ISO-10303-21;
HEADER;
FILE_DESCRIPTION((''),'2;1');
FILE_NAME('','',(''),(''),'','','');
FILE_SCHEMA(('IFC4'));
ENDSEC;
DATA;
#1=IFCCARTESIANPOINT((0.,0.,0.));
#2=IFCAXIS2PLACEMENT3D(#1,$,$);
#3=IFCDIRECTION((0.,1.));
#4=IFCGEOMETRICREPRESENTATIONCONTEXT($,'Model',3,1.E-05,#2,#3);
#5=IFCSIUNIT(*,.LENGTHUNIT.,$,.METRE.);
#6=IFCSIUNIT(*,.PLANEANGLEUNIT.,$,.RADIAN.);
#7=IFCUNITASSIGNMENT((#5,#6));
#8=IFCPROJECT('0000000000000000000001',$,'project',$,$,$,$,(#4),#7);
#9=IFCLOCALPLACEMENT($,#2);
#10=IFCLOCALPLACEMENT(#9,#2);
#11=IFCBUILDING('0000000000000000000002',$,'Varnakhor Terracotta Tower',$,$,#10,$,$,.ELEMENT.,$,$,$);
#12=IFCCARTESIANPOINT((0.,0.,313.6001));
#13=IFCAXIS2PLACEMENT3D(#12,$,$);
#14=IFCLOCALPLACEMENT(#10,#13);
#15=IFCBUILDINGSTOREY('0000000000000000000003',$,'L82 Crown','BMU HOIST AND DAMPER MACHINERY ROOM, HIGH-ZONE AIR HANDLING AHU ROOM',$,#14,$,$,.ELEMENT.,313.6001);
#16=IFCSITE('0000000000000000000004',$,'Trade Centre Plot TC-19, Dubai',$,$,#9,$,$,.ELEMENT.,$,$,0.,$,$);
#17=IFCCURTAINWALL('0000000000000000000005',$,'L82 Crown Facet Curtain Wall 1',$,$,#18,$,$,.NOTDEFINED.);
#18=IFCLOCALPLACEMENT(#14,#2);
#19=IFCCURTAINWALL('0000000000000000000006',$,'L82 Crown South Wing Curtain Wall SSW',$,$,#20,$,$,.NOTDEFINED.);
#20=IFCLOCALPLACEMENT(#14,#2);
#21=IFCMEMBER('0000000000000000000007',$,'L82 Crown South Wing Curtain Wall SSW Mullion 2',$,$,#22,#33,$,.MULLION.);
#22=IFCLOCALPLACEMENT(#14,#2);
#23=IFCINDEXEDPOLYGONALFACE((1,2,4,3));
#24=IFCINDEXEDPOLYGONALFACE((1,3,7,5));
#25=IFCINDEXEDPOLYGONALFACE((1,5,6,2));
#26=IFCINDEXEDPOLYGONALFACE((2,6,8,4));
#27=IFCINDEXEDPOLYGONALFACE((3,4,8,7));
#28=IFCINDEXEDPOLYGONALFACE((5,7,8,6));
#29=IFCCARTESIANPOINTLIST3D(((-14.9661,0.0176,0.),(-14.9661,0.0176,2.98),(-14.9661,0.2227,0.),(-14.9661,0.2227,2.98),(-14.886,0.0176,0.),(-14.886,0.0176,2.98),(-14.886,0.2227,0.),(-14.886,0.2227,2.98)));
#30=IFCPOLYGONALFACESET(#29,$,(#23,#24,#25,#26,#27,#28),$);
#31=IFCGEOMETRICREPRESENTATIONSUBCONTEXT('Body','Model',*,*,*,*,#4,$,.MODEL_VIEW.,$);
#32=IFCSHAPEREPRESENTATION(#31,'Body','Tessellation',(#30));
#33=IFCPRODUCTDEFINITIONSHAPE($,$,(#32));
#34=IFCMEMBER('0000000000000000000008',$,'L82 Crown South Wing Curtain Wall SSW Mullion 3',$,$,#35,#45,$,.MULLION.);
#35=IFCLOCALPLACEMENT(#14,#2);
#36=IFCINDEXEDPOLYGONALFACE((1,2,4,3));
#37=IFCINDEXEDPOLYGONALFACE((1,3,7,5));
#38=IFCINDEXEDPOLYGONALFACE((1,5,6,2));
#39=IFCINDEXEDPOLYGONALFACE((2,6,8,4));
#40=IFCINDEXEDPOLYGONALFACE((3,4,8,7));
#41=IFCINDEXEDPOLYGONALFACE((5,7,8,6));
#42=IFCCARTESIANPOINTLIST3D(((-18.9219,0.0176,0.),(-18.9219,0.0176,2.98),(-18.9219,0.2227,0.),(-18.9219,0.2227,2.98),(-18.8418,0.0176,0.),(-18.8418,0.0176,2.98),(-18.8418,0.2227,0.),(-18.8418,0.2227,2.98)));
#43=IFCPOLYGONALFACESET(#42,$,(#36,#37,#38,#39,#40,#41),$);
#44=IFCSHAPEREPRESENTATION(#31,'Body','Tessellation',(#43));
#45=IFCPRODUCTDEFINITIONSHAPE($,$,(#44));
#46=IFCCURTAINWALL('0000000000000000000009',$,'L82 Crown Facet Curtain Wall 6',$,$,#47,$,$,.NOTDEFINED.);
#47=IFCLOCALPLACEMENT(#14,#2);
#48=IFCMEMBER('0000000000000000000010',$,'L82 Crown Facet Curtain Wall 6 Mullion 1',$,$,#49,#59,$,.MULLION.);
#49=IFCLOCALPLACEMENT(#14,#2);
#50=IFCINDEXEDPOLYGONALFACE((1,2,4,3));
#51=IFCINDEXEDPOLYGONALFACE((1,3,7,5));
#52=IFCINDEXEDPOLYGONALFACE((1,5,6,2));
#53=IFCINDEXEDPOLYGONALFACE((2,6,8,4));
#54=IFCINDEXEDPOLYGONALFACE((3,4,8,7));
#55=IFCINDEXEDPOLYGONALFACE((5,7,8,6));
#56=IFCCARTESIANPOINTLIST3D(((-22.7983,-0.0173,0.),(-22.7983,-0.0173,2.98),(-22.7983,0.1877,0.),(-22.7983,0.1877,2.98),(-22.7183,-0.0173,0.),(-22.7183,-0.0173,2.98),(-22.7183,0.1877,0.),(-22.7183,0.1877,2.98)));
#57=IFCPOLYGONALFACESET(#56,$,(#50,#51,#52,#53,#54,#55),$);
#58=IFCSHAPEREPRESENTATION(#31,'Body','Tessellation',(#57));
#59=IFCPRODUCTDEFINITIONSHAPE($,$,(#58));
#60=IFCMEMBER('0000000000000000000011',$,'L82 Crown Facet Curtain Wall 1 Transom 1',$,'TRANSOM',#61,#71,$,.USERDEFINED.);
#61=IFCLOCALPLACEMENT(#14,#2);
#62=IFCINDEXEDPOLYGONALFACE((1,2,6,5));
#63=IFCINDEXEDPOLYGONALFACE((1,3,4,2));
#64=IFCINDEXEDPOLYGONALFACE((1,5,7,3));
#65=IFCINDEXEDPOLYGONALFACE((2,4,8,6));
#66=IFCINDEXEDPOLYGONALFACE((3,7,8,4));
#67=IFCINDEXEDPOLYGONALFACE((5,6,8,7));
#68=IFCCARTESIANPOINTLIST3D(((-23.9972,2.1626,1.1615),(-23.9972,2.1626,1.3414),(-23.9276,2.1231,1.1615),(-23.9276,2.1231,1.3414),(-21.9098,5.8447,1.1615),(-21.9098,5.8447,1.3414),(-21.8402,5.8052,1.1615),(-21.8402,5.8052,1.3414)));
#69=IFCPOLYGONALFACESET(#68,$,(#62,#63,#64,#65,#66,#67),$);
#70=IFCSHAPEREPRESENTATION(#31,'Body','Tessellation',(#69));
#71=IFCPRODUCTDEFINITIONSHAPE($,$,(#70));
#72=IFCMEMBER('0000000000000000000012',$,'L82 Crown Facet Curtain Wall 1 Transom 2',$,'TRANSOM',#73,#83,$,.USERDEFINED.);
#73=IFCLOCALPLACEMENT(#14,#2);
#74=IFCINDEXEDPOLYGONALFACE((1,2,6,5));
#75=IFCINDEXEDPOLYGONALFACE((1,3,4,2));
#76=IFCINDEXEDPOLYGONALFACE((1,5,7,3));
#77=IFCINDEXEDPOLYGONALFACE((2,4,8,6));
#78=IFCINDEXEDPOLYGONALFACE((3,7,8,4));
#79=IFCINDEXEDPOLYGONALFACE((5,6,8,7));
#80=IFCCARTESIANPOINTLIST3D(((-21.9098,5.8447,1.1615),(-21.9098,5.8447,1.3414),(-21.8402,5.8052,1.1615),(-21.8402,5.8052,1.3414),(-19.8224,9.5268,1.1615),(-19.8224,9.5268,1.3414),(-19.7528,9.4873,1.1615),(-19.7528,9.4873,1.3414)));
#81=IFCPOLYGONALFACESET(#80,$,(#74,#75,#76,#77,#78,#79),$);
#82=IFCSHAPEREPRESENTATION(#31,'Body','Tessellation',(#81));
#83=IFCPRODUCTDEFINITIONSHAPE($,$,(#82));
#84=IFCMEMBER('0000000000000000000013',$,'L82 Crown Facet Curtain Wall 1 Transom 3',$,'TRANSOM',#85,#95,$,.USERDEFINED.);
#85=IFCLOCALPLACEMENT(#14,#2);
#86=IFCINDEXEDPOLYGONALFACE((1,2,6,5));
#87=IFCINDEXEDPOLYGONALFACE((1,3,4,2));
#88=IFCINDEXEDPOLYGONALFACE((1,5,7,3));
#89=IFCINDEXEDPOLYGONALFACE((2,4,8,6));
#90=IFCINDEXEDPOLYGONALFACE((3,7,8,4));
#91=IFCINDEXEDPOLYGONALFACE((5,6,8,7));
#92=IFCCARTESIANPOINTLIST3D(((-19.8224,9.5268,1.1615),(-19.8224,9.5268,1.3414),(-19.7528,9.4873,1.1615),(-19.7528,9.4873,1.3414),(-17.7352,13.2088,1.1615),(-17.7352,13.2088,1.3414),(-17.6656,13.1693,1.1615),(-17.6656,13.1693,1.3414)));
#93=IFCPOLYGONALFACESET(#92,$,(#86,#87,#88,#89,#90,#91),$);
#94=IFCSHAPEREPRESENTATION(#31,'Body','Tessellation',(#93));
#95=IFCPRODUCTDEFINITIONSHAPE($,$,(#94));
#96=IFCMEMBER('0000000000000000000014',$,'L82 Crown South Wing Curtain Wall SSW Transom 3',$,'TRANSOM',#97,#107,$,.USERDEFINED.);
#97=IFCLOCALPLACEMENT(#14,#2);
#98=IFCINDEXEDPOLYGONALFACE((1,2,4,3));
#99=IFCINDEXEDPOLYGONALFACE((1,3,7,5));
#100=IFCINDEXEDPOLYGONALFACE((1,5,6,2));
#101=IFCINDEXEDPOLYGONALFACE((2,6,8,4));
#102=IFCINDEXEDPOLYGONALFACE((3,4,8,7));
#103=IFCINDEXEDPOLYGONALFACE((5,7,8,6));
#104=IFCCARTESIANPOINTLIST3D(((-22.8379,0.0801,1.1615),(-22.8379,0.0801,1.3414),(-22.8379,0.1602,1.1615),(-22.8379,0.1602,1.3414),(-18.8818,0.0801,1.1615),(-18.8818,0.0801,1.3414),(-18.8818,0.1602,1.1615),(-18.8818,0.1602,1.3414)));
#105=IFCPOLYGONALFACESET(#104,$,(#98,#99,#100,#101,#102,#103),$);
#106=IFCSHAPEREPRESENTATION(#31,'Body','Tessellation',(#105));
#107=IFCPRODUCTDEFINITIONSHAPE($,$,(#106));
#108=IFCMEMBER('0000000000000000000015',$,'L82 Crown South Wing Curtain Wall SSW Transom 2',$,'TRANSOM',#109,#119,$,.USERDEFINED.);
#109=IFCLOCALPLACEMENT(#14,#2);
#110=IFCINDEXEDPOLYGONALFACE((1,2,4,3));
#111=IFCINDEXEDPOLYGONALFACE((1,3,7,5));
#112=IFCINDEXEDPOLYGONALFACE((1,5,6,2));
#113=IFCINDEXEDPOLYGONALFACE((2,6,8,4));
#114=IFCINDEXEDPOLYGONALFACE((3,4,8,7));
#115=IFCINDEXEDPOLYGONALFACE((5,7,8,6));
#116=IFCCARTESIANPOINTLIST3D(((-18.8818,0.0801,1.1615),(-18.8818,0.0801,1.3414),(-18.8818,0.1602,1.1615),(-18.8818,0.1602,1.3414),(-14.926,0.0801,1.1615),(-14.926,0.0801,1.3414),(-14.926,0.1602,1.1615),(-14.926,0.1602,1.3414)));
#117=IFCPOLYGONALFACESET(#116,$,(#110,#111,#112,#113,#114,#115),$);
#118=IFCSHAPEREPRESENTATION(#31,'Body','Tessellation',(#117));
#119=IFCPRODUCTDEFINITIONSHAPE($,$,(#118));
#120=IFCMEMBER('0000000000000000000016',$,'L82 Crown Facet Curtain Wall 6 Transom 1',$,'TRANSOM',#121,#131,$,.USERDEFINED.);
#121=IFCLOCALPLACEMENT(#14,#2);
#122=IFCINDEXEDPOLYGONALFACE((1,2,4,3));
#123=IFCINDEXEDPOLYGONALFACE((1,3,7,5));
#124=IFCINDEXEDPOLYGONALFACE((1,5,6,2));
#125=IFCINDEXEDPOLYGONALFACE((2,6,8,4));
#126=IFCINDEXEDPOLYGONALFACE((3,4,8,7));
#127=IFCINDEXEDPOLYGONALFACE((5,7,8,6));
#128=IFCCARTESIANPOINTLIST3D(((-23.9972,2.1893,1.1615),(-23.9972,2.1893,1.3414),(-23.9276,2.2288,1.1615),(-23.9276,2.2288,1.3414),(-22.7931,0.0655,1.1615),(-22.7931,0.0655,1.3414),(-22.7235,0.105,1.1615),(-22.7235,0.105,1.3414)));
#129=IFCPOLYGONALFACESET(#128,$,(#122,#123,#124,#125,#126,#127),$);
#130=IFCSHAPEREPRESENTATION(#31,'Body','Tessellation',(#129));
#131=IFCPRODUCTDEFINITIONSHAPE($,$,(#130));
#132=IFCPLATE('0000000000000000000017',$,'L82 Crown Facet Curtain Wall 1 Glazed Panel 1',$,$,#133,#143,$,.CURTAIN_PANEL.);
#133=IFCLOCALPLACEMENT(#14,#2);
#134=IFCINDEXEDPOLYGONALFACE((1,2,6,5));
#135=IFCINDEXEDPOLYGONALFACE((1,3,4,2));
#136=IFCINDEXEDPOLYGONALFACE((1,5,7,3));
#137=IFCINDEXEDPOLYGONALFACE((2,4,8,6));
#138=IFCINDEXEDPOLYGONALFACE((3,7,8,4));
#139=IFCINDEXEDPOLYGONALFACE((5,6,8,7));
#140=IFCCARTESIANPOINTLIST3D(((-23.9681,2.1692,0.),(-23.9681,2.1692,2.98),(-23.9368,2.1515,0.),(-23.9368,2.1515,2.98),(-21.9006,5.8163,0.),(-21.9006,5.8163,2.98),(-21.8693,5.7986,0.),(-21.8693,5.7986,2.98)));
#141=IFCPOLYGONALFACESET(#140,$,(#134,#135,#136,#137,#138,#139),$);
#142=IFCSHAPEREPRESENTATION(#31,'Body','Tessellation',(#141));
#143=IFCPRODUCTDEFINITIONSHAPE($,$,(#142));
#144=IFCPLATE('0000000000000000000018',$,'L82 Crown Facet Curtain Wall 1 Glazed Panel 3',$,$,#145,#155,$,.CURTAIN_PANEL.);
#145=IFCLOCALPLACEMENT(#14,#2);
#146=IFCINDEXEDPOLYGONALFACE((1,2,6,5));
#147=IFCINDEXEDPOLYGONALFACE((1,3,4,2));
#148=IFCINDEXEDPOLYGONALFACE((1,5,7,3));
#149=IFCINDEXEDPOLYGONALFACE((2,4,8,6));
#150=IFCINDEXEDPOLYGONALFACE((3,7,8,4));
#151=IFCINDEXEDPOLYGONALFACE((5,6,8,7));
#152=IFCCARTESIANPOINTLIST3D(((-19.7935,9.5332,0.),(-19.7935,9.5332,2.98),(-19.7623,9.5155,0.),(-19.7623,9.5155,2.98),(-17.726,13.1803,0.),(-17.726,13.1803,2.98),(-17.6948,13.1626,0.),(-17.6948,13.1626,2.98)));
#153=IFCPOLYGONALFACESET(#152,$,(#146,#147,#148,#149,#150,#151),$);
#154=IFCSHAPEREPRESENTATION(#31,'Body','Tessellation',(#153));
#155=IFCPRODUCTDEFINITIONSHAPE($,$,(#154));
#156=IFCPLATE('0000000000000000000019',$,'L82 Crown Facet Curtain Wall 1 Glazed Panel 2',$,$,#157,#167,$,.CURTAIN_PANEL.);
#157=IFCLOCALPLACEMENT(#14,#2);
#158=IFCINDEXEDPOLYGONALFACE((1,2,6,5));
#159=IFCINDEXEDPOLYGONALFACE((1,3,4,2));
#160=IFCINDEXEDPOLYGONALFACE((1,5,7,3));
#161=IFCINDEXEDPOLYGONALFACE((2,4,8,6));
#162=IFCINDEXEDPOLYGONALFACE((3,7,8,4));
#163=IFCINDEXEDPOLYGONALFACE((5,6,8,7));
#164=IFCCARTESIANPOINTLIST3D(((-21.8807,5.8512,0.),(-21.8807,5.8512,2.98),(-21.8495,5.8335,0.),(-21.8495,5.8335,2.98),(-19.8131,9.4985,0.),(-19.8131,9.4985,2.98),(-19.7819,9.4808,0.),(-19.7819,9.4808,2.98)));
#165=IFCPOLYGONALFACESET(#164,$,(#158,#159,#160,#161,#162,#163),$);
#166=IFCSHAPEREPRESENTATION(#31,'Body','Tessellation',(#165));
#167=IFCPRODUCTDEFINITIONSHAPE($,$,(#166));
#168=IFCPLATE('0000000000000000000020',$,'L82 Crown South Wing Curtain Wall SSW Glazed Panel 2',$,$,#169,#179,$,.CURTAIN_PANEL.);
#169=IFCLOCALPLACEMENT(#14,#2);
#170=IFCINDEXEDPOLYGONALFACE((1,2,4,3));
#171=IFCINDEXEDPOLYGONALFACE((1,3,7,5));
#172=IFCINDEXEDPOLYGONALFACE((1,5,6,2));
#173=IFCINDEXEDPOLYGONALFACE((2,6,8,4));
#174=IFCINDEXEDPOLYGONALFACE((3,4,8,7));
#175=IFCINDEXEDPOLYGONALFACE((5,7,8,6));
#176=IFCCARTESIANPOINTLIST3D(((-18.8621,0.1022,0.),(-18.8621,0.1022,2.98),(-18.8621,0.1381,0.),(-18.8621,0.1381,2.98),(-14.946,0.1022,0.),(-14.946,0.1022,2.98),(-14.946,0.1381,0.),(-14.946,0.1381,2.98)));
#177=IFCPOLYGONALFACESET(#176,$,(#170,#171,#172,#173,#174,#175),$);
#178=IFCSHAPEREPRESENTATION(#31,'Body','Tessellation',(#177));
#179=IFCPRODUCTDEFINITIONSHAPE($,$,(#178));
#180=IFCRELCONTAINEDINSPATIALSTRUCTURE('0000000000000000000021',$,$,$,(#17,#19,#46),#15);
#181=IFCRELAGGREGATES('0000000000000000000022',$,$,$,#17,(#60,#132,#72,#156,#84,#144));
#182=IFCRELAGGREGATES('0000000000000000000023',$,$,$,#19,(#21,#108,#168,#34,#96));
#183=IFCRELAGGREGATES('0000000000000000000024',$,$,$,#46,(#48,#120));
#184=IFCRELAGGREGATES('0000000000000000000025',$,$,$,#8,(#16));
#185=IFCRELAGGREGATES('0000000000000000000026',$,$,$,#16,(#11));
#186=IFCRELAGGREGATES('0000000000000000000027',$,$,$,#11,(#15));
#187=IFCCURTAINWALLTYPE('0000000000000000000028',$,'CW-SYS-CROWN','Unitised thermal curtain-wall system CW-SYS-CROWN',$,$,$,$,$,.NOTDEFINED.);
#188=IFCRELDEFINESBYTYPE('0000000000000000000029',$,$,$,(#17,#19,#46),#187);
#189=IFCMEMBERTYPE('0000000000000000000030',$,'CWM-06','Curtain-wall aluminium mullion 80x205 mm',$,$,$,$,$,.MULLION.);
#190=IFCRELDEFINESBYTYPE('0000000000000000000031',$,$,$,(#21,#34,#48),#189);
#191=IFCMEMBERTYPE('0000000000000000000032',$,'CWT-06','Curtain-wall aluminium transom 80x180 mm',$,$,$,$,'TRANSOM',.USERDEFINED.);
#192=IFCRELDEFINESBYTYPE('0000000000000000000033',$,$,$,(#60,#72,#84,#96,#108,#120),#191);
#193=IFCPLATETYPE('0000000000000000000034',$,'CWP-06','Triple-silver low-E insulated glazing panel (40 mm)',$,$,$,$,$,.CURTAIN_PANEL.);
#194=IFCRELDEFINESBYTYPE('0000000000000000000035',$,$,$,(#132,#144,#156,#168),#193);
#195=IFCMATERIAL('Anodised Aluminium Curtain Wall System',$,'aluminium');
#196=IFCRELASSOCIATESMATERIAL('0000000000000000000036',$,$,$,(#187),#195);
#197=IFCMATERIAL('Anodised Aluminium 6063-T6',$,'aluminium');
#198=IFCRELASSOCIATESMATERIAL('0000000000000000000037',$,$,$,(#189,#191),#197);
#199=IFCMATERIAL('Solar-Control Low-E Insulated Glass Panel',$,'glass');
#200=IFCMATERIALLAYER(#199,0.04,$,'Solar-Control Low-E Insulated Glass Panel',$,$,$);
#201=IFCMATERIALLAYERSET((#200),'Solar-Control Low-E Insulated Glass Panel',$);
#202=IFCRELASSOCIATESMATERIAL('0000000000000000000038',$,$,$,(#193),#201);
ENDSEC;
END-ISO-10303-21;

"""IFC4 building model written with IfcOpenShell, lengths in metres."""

from ifc_helpers import new_model, si_unit, direction, frame, origin, origin_2d, place, context, subcontext, project, spatial, rectangle, extrude, source, transform, mapped, material, layer, layer_set, material_profile, profile_set, type_object, type_shapes, element, aggregate, save


model = new_model("IFC4")

# Units and contexts
model_context = context("Model", 3, precision=1e-05, world=origin(), true_north=direction((0.0, 1.0)))
body_context = subcontext(model_context, "Body", "Model", "MODEL_VIEW")
ifc_project = project(units=[si_unit("LENGTHUNIT", "METRE"), si_unit("PLANEANGLEUNIT", "RADIAN")], contexts=[model_context])

# Site, building, storey
site_placement = place(None, origin())
site = spatial("IfcSite", under=ifc_project, at=site_placement, Name="Trade Centre Plot TC-19, Dubai", CompositionType="ELEMENT", RefElevation=0.0)
building_placement = place(site_placement, origin())
building = spatial("IfcBuilding", under=site, at=building_placement, Name="Varnakhor Terracotta Tower", CompositionType="ELEMENT")
storey_placement = place(building_placement, frame((0.0, 0.0, 313.6001)))
storey = spatial("IfcBuildingStorey", under=building, at=storey_placement, Name="L82 Crown", Description="BMU HOIST AND DAMPER MACHINERY ROOM, HIGH-ZONE AIR HANDLING AHU ROOM", CompositionType="ELEMENT", Elevation=313.6001)

# Curtain walls, members
ifc_material_1 = material(Name="Anodised Aluminium Curtain Wall System", Category="aluminium")
curtain_wall_type = type_object("IfcCurtainWallType", Name="CW-SYS-CROWN", Description="Unitised thermal curtain-wall system CW-SYS-CROWN", PredefinedType="NOTDEFINED", material=ifc_material_1)
curtain_wall_1_placement = place(storey_placement, origin())
curtain_wall_1 = element("IfcCurtainWall", 1, at=curtain_wall_1_placement, inside=storey, type_object=curtain_wall_type, Name="L82 Crown Facet Curtain Wall 1", PredefinedType="NOTDEFINED")
ifc_material_2 = material(Name="Anodised Aluminium 6063-T6", Category="aluminium")
ifc_material_profile_1 = material_profile(ifc_material_2, rectangle(XDim=0.0801, YDim=0.2051, at=origin_2d()), Name="ALU MULLION 80x205")
ifc_profile_set_1 = profile_set([ifc_material_profile_1], Name="Anodised Aluminium 6063-T6")
member_type_1 = type_object("IfcMemberType", Name="CWM-06", Description="Curtain-wall aluminium mullion 80x205 mm", PredefinedType="MULLION", material=ifc_profile_set_1)
shared_shape_1 = source(origin(), body_context, "Body", "SweptSolid", [
    extrude(rectangle(XDim=0.0801, YDim=0.2051, at=origin_2d()), origin(), (0.0, 0.0, 1.0), 2.98),
])
type_shapes(member_type_1, [shared_shape_1])
curtain_wall_2_placement = place(storey_placement, origin())
curtain_wall_2 = element("IfcCurtainWall", 2, at=curtain_wall_2_placement, inside=storey, type_object=curtain_wall_type, Name="L82 Crown South Wing Curtain Wall SSW", PredefinedType="NOTDEFINED")
member_1_placement = place(storey_placement, frame((-14.926, 0.1201, 0.0), z_axis=(0.0, 0.0, 1.0), x_axis=(1.0, 0.0, 0.0)))
member_1 = element("IfcMember", 3, at=member_1_placement, type_object=member_type_1, Name="L82 Crown South Wing Curtain Wall SSW Mullion 2", PredefinedType="MULLION", context=body_context, shape_type="MappedRepresentation", body=[
    mapped(shared_shape_1, transform((0.0, 0.0, 0.0), scale=1.0)),
])
member_2_placement = place(storey_placement, frame((-18.8818, 0.1201, 0.0), z_axis=(0.0, 0.0, 1.0), x_axis=(1.0, 0.0, 0.0)))
member_2 = element("IfcMember", 4, at=member_2_placement, type_object=member_type_1, Name="L82 Crown South Wing Curtain Wall SSW Mullion 3", PredefinedType="MULLION", context=body_context, shape_type="MappedRepresentation", body=[
    mapped(shared_shape_1, transform((0.0, 0.0, 0.0), scale=1.0)),
])

# Curtain wall, member
curtain_wall_3_placement = place(storey_placement, origin())
curtain_wall_3 = element("IfcCurtainWall", 5, at=curtain_wall_3_placement, inside=storey, type_object=curtain_wall_type, Name="L82 Crown Facet Curtain Wall 6", PredefinedType="NOTDEFINED")
member_3_placement = place(storey_placement, frame((-22.7583, 0.0852, 0.0), z_axis=(0.0, 0.0, 1.0), x_axis=(1.0, 0.0, 0.0)))
member_3 = element("IfcMember", 6, at=member_3_placement, type_object=member_type_1, Name="L82 Crown Facet Curtain Wall 6 Mullion 1", PredefinedType="MULLION", context=body_context, shape_type="MappedRepresentation", body=[
    mapped(shared_shape_1, transform((0.0, 0.0, 0.0), scale=1.0)),
])

# Members
ifc_material_profile_2 = material_profile(ifc_material_2, rectangle(XDim=0.0801, YDim=0.1799, at=origin_2d()), Name="ALU TRANSOM 80x180")
ifc_profile_set_2 = profile_set([ifc_material_profile_2], Name="Anodised Aluminium 6063-T6")
member_type_2 = type_object("IfcMemberType", Name="CWT-06", Description="Curtain-wall aluminium transom 80x180 mm", ElementType="TRANSOM", PredefinedType="USERDEFINED", material=ifc_profile_set_2)
shared_shape_2 = source(origin(), body_context, "Body", "SweptSolid", [
    extrude(rectangle(XDim=0.0801, YDim=0.1799, at=origin_2d()), origin(), (0.0, 0.0, 1.0), 4.2327),
])
member_4_placement = place(storey_placement, frame((-23.9624, 2.1428, 1.2515), z_axis=(0.493167, 0.869935, 0.0), x_axis=(-0.869935, 0.493167, 0.0)))
member_4 = element("IfcMember", 7, at=member_4_placement, type_object=member_type_2, Name="L82 Crown Facet Curtain Wall 1 Transom 1", ObjectType="TRANSOM", PredefinedType="USERDEFINED", context=body_context, shape_type="MappedRepresentation", body=[
    mapped(shared_shape_2, transform((0.0, 0.0, 0.0), scale=1.0)),
])
member_5_placement = place(storey_placement, frame((-21.875, 5.825, 1.2515), z_axis=(0.493167, 0.869935, 0.0), x_axis=(-0.869935, 0.493167, 0.0)))
member_5 = element("IfcMember", 8, at=member_5_placement, type_object=member_type_2, Name="L82 Crown Facet Curtain Wall 1 Transom 2", ObjectType="TRANSOM", PredefinedType="USERDEFINED", context=body_context, shape_type="MappedRepresentation", body=[
    mapped(shared_shape_2, transform((0.0, 0.0, 0.0), scale=1.0)),
])
shared_shape_3 = source(origin(), body_context, "Body", "SweptSolid", [
    extrude(rectangle(XDim=0.0801, YDim=0.1799, at=origin_2d()), origin(), (0.0, 0.0, 1.0), 4.2324),
])
member_6_placement = place(storey_placement, frame((-19.7876, 9.5071, 1.2515), z_axis=(0.493148, 0.869945, 0.0), x_axis=(-0.869945, 0.493148, 0.0)))
member_6 = element("IfcMember", 9, at=member_6_placement, type_object=member_type_2, Name="L82 Crown Facet Curtain Wall 1 Transom 3", ObjectType="TRANSOM", PredefinedType="USERDEFINED", context=body_context, shape_type="MappedRepresentation", body=[
    mapped(shared_shape_3, transform((0.0, 0.0, 0.0), scale=1.0)),
])
shared_shape_4 = source(origin(), body_context, "Body", "SweptSolid", [
    extrude(rectangle(XDim=0.0801, YDim=0.1799, at=origin_2d()), origin(), (0.0, 0.0, 1.0), 3.9561),
])
member_7_placement = place(storey_placement, frame((-18.8818, 0.1201, 1.2515), z_axis=(-1.0, 0.0, 0.0), x_axis=(0.0, -1.0, 0.0)))
member_7 = element("IfcMember", 10, at=member_7_placement, type_object=member_type_2, Name="L82 Crown South Wing Curtain Wall SSW Transom 3", ObjectType="TRANSOM", PredefinedType="USERDEFINED", context=body_context, shape_type="MappedRepresentation", body=[
    mapped(shared_shape_4, transform((0.0, 0.0, 0.0), scale=1.0)),
])
shared_shape_5 = source(origin(), body_context, "Body", "SweptSolid", [
    extrude(rectangle(XDim=0.0801, YDim=0.1799, at=origin_2d()), origin(), (0.0, 0.0, 1.0), 3.9558),
])
member_8_placement = place(storey_placement, frame((-14.926, 0.1201, 1.2515), z_axis=(-1.0, 0.0, 0.0), x_axis=(0.0, -1.0, 0.0)))
member_8 = element("IfcMember", 11, at=member_8_placement, type_object=member_type_2, Name="L82 Crown South Wing Curtain Wall SSW Transom 2", ObjectType="TRANSOM", PredefinedType="USERDEFINED", context=body_context, shape_type="MappedRepresentation", body=[
    mapped(shared_shape_5, transform((0.0, 0.0, 0.0), scale=1.0)),
])
shared_shape_6 = source(origin(), body_context, "Body", "SweptSolid", [
    extrude(rectangle(XDim=0.0801, YDim=0.1799, at=origin_2d()), origin(), (0.0, 0.0, 1.0), 2.4414),
])
member_9_placement = place(storey_placement, frame((-22.7583, 0.0852, 1.2515), z_axis=(-0.493207, 0.869912, 0.0), x_axis=(-0.869912, -0.493207, 0.0)))
member_9 = element("IfcMember", 12, at=member_9_placement, type_object=member_type_2, Name="L82 Crown Facet Curtain Wall 6 Transom 1", ObjectType="TRANSOM", PredefinedType="USERDEFINED", context=body_context, shape_type="MappedRepresentation", body=[
    mapped(shared_shape_6, transform((0.0, 0.0, 0.0), scale=1.0)),
])

# Plates
ifc_material_3 = material(Name="Solar-Control Low-E Insulated Glass Panel", Category="glass")
ifc_layer = layer(ifc_material_3, 0.04, Name="Solar-Control Low-E Insulated Glass Panel")
ifc_layer_set = layer_set([ifc_layer], Name="Solar-Control Low-E Insulated Glass Panel")
plate_type = type_object("IfcPlateType", Name="CWP-06", Description="Triple-silver low-E insulated glazing panel (40 mm)", PredefinedType="CURTAIN_PANEL", material=ifc_layer_set)
shared_shape_7 = source(origin(), body_context, "Body", "SweptSolid", [
    extrude(rectangle(XDim=4.1924, YDim=0.0359, at=origin_2d()), origin(), (0.0, 0.0, 1.0), 2.98),
])
plate_1_placement = place(storey_placement, frame((-22.9187, 3.9839, 0.0), z_axis=(0.0, 0.0, 1.0), x_axis=(0.493153, 0.869943, 0.0)))
plate_1 = element("IfcPlate", 13, at=plate_1_placement, type_object=plate_type, Name="L82 Crown Facet Curtain Wall 1 Glazed Panel 1", PredefinedType="CURTAIN_PANEL", context=body_context, shape_type="MappedRepresentation", body=[
    mapped(shared_shape_7, transform((0.0, 0.0, 0.0), scale=1.0)),
])
plate_2_placement = place(storey_placement, frame((-18.7441, 11.3479, 0.0), z_axis=(0.0, 0.0, 1.0), x_axis=(0.493153, 0.869943, 0.0)))
plate_2 = element("IfcPlate", 14, at=plate_2_placement, type_object=plate_type, Name="L82 Crown Facet Curtain Wall 1 Glazed Panel 3", PredefinedType="CURTAIN_PANEL", context=body_context, shape_type="MappedRepresentation", body=[
    mapped(shared_shape_7, transform((0.0, 0.0, 0.0), scale=1.0)),
])
shared_shape_8 = source(origin(), body_context, "Body", "SweptSolid", [
    extrude(rectangle(XDim=4.1926, YDim=0.0359, at=origin_2d()), origin(), (0.0, 0.0, 1.0), 2.98),
])
plate_3_placement = place(storey_placement, frame((-20.8313, 7.666, 0.0), z_axis=(0.0, 0.0, 1.0), x_axis=(0.493153, 0.869943, 0.0)))
plate_3 = element("IfcPlate", 15, at=plate_3_placement, type_object=plate_type, Name="L82 Crown Facet Curtain Wall 1 Glazed Panel 2", PredefinedType="CURTAIN_PANEL", context=body_context, shape_type="MappedRepresentation", body=[
    mapped(shared_shape_8, transform((0.0, 0.0, 0.0), scale=1.0)),
])
aggregate(curtain_wall_1, [member_4, plate_1, member_5, plate_3, member_6, plate_2])
shared_shape_9 = source(origin(), body_context, "Body", "SweptSolid", [
    extrude(rectangle(XDim=3.916, YDim=0.0359, at=origin_2d()), origin(), (0.0, 0.0, 1.0), 2.98),
])
plate_4_placement = place(storey_placement, frame((-16.9041, 0.1201, 0.0), z_axis=(0.0, 0.0, 1.0), x_axis=(-1.0, 0.0, 0.0)))
plate_4 = element("IfcPlate", 16, at=plate_4_placement, type_object=plate_type, Name="L82 Crown South Wing Curtain Wall SSW Glazed Panel 2", PredefinedType="CURTAIN_PANEL", context=body_context, shape_type="MappedRepresentation", body=[
    mapped(shared_shape_9, transform((0.0, 0.0, 0.0), scale=1.0)),
])
aggregate(curtain_wall_2, [member_1, member_8, plate_4, member_2, member_7])
aggregate(curtain_wall_3, [member_3, member_9])

save(model, "model.ifc")
